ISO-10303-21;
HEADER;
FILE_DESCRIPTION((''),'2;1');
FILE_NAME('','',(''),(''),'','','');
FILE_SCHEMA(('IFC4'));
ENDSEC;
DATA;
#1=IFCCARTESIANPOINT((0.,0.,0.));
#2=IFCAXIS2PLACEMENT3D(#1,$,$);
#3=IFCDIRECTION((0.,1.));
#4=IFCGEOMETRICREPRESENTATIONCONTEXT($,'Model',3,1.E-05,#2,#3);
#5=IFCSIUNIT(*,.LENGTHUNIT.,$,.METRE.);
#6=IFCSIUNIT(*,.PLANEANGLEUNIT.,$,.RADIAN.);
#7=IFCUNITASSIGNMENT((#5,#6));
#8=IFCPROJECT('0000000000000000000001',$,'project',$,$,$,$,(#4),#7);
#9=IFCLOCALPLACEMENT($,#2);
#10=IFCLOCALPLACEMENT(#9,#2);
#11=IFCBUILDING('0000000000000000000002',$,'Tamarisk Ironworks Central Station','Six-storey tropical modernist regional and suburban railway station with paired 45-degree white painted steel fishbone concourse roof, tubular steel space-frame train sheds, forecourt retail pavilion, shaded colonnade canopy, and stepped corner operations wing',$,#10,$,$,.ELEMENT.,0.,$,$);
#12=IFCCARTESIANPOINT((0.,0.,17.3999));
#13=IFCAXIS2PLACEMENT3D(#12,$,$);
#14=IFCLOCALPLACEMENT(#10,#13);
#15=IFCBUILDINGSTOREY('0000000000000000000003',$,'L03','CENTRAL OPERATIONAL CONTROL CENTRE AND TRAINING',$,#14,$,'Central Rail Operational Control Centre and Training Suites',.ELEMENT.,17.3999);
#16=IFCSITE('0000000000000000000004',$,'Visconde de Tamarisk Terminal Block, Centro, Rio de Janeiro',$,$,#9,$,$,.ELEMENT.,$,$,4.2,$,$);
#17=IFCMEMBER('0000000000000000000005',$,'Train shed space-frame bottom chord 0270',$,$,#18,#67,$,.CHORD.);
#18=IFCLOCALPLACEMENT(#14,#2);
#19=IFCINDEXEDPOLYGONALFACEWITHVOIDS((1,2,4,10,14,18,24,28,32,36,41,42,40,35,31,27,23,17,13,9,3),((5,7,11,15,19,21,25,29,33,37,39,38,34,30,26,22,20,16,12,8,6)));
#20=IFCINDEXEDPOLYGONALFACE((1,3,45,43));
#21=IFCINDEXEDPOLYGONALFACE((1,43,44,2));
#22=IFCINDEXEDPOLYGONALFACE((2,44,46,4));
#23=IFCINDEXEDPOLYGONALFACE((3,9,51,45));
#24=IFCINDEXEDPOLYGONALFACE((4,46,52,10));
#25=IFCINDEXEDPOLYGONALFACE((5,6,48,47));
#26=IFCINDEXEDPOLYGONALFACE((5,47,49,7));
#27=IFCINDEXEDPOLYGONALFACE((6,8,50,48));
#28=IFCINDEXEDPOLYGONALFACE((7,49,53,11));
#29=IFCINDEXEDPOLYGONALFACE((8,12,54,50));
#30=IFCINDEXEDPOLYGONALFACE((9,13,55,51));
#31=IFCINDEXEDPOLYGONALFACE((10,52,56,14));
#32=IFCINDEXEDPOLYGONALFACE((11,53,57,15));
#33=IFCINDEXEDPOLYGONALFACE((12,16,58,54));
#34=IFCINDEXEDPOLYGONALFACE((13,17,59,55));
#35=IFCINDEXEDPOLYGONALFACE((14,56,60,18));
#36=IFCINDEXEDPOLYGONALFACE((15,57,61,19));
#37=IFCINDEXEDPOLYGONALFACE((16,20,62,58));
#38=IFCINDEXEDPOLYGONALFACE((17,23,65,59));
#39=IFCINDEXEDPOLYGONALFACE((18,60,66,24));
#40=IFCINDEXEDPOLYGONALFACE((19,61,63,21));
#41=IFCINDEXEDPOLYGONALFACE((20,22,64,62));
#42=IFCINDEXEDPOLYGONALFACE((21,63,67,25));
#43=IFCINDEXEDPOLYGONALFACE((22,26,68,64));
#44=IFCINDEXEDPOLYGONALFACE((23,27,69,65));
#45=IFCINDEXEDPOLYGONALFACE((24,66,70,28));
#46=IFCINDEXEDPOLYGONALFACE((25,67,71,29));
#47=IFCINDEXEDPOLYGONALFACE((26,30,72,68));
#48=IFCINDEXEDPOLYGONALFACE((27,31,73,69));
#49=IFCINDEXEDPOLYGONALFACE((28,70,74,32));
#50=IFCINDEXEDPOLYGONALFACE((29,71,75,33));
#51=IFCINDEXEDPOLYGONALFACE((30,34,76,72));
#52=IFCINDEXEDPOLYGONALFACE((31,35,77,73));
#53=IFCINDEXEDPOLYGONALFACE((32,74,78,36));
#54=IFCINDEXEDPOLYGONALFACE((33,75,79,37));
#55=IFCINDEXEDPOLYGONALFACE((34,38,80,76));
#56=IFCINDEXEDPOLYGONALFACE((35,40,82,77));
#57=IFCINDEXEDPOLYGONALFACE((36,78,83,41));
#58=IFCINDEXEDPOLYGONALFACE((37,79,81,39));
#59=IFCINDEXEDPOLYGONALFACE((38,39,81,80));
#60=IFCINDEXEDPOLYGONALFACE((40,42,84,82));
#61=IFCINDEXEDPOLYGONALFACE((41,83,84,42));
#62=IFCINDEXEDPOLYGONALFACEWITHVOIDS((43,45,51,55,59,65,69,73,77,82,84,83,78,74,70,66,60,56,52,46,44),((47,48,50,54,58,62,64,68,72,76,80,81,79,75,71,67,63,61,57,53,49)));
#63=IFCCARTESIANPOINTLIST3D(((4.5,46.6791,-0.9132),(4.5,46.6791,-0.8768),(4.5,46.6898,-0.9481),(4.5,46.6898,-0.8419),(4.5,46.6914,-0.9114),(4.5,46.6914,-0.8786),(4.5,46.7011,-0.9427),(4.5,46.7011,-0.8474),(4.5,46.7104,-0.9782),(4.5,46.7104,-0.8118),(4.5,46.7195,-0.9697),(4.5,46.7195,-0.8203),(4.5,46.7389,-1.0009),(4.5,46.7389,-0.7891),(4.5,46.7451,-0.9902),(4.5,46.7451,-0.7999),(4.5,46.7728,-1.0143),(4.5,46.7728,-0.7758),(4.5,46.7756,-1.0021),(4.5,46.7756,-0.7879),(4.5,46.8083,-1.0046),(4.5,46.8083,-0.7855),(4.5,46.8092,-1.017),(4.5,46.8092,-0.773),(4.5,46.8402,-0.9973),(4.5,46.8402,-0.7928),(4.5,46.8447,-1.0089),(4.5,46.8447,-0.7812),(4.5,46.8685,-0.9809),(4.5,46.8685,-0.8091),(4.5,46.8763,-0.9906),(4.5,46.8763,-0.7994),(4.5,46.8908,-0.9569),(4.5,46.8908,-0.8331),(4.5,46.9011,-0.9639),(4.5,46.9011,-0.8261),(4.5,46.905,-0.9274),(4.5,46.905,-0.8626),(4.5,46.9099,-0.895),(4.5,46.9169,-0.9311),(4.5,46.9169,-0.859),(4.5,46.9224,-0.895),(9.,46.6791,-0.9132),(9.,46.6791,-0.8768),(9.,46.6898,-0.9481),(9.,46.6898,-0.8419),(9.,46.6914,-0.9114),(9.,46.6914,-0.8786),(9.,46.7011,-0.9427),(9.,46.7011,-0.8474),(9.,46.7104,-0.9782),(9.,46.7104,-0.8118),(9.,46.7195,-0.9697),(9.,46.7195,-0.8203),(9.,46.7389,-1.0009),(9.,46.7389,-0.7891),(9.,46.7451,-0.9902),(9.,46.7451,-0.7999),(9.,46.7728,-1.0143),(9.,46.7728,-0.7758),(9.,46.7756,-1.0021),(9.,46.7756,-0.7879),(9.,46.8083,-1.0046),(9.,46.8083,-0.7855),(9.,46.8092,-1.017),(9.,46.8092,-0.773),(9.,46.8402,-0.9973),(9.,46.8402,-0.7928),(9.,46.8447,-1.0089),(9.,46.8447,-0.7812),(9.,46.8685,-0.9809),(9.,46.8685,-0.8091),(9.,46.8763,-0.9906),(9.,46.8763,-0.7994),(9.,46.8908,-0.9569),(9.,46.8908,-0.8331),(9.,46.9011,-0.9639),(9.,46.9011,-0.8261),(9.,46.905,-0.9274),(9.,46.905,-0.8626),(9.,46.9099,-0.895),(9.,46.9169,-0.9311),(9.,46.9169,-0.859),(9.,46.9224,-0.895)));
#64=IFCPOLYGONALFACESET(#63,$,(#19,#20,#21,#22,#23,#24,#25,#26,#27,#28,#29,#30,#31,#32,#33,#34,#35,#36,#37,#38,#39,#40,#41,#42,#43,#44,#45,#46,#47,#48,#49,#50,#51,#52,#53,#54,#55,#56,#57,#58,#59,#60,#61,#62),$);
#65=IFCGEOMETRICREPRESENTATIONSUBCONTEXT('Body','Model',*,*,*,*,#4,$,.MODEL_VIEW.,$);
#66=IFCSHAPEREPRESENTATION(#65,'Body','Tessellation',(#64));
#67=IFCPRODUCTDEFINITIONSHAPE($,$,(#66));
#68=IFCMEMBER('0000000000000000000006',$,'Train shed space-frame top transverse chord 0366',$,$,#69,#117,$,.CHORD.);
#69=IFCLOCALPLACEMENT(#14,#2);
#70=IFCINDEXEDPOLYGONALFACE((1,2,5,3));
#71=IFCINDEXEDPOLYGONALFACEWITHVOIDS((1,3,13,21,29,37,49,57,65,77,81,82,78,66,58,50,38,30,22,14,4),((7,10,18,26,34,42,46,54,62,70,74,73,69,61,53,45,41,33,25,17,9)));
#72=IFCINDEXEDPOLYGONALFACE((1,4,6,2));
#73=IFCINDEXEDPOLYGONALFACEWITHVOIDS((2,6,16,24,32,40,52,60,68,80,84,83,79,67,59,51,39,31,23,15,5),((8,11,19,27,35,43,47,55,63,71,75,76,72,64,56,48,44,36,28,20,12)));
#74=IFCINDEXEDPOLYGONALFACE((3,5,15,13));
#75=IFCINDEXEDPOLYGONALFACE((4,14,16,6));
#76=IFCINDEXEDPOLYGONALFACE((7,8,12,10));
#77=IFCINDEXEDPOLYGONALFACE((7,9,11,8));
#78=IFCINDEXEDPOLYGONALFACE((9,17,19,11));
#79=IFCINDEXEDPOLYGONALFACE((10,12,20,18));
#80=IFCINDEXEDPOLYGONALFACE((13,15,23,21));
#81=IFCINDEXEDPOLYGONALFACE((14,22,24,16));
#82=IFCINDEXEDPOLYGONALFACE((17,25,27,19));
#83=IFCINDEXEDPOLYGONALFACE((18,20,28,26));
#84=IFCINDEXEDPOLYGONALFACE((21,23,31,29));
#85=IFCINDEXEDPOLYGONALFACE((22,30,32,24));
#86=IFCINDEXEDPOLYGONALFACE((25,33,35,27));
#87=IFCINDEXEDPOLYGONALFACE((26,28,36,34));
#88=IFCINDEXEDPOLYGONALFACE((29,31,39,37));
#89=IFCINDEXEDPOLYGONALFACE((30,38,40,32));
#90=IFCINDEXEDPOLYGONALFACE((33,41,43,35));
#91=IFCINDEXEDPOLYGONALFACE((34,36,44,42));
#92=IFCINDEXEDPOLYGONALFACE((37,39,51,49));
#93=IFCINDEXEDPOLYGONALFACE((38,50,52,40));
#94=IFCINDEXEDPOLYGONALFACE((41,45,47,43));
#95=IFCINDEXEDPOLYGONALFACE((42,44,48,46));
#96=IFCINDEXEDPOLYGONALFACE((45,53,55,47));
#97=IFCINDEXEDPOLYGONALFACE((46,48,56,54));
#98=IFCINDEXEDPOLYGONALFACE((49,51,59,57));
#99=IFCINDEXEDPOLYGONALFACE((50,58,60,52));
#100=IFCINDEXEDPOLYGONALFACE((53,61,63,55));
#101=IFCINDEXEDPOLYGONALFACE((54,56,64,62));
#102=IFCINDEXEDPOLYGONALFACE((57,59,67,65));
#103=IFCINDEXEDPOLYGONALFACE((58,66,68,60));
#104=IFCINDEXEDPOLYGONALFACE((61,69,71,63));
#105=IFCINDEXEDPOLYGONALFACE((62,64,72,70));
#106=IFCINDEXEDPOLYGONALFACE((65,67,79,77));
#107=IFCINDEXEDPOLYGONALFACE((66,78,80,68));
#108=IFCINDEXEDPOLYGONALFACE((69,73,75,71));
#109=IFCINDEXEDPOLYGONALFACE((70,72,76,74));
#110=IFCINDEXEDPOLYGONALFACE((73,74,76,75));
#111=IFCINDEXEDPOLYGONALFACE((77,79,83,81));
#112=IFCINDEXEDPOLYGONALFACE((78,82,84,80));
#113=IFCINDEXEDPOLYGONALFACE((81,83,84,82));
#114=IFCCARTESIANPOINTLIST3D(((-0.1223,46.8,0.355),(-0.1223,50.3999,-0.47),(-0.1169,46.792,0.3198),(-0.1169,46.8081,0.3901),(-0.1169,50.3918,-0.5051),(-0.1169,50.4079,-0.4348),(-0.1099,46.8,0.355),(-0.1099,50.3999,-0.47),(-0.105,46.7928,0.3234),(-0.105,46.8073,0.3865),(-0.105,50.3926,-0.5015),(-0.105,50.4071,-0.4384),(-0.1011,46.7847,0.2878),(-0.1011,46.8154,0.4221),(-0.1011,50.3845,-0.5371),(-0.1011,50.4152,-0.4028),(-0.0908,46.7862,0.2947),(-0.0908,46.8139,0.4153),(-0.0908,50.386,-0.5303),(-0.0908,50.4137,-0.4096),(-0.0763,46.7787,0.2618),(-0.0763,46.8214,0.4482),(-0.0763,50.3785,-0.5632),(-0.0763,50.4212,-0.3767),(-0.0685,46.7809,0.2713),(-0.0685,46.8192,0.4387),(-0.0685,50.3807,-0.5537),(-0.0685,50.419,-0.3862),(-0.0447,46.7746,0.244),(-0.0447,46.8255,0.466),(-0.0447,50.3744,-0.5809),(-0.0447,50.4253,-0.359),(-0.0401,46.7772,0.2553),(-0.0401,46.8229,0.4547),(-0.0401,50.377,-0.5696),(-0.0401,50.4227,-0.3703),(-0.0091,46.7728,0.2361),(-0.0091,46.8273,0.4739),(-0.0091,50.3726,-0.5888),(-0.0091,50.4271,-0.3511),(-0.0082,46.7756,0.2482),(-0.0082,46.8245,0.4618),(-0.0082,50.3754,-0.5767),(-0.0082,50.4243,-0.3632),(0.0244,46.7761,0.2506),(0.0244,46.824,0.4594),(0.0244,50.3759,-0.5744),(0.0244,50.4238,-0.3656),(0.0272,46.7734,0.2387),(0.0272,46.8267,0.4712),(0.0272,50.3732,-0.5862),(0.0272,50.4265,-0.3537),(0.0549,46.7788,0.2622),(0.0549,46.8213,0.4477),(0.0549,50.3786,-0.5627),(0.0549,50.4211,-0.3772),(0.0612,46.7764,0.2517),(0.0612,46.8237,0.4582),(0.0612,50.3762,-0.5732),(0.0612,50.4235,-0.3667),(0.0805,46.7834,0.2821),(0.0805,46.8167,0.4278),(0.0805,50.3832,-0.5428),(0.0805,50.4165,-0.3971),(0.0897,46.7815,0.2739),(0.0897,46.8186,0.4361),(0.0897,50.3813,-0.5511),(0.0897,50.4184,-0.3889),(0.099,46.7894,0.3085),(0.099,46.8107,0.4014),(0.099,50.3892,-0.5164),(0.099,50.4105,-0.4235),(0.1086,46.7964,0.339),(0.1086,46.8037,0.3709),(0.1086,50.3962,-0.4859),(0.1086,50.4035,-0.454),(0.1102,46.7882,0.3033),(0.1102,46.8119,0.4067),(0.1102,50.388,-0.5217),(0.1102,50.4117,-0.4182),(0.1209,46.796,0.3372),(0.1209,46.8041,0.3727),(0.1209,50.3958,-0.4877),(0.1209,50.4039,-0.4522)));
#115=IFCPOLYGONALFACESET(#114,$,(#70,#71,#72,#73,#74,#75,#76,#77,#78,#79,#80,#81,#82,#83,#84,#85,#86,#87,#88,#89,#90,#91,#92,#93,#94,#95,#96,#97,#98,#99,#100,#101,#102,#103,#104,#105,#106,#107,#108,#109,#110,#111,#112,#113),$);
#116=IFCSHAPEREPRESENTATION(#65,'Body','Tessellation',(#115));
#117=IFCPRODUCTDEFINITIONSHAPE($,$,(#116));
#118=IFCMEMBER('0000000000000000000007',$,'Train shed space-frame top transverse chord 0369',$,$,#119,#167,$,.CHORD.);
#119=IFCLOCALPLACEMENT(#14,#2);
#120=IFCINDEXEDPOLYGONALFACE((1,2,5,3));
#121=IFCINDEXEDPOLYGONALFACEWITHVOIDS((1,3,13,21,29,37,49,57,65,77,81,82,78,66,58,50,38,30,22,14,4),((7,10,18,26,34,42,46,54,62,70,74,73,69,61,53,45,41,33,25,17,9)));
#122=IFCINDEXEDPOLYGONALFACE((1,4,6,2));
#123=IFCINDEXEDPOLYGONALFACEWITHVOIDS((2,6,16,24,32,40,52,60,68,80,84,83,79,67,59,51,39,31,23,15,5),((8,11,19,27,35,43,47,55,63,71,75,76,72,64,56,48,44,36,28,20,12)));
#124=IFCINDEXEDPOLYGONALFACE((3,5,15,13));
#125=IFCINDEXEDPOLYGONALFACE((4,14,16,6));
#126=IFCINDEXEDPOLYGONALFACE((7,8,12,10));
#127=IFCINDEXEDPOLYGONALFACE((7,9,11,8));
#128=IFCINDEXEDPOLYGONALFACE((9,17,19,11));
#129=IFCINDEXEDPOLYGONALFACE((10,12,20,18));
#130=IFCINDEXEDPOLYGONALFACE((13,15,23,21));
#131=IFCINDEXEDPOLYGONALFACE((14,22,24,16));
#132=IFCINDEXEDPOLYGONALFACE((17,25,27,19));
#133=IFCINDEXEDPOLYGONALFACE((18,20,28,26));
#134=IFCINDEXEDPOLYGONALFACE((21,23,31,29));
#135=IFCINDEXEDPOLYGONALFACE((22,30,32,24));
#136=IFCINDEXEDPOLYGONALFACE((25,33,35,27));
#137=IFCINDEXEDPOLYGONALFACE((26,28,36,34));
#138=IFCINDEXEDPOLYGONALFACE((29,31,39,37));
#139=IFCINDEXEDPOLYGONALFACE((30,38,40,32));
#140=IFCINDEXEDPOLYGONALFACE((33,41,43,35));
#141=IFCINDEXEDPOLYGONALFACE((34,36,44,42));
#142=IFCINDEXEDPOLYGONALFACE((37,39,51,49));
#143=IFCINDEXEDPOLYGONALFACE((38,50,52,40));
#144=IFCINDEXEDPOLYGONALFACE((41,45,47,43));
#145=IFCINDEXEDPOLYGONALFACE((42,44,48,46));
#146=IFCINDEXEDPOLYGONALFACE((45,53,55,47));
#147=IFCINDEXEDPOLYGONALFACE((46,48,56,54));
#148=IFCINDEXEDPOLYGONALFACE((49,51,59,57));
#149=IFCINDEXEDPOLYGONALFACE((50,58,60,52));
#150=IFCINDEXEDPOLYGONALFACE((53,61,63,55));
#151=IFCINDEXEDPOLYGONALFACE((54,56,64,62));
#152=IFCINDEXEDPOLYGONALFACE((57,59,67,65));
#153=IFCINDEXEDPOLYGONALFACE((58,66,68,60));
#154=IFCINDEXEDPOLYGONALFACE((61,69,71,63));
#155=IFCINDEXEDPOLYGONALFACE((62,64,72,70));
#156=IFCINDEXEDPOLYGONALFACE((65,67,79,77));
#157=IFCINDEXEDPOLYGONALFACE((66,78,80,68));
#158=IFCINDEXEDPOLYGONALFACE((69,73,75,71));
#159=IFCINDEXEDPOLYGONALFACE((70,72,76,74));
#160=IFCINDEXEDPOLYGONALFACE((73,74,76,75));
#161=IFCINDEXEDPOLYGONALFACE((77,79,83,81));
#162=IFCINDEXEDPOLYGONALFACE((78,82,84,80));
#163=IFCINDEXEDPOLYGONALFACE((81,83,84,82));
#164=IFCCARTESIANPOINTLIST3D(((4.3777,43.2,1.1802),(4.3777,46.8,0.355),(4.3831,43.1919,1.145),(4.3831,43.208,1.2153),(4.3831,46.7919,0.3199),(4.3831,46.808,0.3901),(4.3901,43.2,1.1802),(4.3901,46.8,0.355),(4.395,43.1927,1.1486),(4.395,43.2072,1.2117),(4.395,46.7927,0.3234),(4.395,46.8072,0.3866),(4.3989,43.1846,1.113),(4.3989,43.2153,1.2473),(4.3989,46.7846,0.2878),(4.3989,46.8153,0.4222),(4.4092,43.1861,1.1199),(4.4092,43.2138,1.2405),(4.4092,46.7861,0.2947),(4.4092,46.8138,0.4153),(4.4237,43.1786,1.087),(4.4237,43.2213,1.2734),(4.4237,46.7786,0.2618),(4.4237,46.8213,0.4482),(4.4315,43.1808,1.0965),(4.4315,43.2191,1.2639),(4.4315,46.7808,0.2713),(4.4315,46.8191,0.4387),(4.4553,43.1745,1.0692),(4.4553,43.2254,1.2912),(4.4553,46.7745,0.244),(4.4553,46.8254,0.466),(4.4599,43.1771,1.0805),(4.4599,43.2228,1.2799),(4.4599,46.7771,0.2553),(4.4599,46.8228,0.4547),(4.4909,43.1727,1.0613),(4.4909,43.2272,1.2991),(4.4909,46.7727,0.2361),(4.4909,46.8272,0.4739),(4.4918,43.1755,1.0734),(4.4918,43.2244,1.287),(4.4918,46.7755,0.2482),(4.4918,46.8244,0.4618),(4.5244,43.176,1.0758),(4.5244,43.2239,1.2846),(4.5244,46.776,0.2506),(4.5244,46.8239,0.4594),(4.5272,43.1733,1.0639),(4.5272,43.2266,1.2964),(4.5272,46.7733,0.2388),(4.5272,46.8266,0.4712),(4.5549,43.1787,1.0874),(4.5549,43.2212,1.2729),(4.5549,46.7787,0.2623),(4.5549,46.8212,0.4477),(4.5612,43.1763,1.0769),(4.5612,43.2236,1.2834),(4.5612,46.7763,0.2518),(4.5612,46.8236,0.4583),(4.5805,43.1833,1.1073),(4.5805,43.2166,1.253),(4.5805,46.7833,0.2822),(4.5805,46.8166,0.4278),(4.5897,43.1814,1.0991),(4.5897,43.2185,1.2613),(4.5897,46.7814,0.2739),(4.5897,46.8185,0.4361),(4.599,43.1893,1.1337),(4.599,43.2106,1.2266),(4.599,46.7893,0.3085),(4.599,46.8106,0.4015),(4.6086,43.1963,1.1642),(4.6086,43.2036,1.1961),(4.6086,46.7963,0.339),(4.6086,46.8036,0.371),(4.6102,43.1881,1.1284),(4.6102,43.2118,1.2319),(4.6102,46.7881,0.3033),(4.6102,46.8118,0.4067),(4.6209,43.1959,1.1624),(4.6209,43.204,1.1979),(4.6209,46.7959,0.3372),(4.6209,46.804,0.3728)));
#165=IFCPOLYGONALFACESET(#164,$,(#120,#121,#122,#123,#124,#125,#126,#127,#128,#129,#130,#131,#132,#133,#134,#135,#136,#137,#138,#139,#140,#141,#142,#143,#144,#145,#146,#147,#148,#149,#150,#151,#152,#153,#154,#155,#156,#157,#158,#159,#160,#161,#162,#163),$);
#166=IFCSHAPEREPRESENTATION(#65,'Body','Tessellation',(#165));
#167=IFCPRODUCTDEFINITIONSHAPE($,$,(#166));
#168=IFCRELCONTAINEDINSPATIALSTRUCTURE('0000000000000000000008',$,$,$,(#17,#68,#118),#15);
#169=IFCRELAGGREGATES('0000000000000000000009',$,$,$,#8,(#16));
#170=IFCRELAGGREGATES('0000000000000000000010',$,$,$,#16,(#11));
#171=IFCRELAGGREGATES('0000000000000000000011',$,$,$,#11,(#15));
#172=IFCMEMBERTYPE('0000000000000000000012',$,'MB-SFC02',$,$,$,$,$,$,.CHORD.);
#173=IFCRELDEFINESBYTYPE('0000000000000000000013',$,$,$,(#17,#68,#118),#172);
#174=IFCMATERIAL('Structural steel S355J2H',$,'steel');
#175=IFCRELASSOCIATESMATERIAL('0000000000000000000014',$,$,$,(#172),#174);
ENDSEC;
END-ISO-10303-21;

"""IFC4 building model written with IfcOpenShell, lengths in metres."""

from ifc_helpers import new_model, si_unit, direction, frame, origin, origin_2d, place, context, subcontext, project, spatial, hollow_circle, extrude, material, material_profile, profile_set, type_object, element, save


model = new_model("IFC4")

# Units and contexts
model_context = context("Model", 3, precision=1e-05, world=origin(), true_north=direction((0.0, 1.0)))
body_context = subcontext(model_context, "Body", "Model", "MODEL_VIEW")
ifc_project = project(units=[si_unit("LENGTHUNIT", "METRE"), si_unit("PLANEANGLEUNIT", "RADIAN")], contexts=[model_context])

# Site, building, storey
site_placement = place(None, origin())
site = spatial("IfcSite", under=ifc_project, at=site_placement, Name="Visconde de Tamarisk Terminal Block, Centro, Rio de Janeiro", CompositionType="ELEMENT", RefElevation=4.2)
building_placement = place(site_placement, origin())
building = spatial("IfcBuilding", under=site, at=building_placement, Name="Tamarisk Ironworks Central Station", Description="Six-storey tropical modernist regional and suburban railway station with paired 45-degree white painted steel fishbone concourse roof, tubular steel space-frame train sheds, forecourt retail pavilion, shaded colonnade canopy, and stepped corner operations wing", CompositionType="ELEMENT", ElevationOfRefHeight=0.0)
storey_placement = place(building_placement, frame((0.0, 0.0, 17.3999)))
storey = spatial("IfcBuildingStorey", under=building, at=storey_placement, Name="L03", Description="CENTRAL OPERATIONAL CONTROL CENTRE AND TRAINING", LongName="Central Rail Operational Control Centre and Training Suites", CompositionType="ELEMENT", Elevation=17.3999)

# Members
ifc_material_1 = material(Name="Structural steel S355J2H", Category="steel")
ifc_material_profile_1 = material_profile(ifc_material_1, hollow_circle(Radius=0.1223, WallThickness=0.0125, at=origin_2d()), Name="CHS 244.5x12.5")
ifc_profile_set_1 = profile_set([ifc_material_profile_1], Name="Structural steel S355J2H")
member_type_1 = type_object("IfcMemberType", Name="MB-SFC02", PredefinedType="CHORD", material=ifc_profile_set_1)
for number, where, z_axis, x_axis, name in (
    (1, (4.5, 46.8, -0.895), (1.0, 0.0, 0.0), (0.0, 1.0, 0.0), "Train shed space-frame bottom chord 0270"),
):
    element("IfcMember", number, at=place(storey_placement, frame(where, z_axis=z_axis, x_axis=x_axis)), inside=storey, type_object=member_type_1, Name=name, PredefinedType="CHORD", context=body_context, shape_type="SweptSolid", body=[
        extrude(hollow_circle(Radius=0.1223, WallThickness=0.0125, at=origin_2d()), origin(), (0.0, 0.0, 1.0), 4.5),
    ])
member_1_placement = place(storey_placement, frame((0.0, 46.8, 0.355), z_axis=(0.0, 0.974733, -0.223372), x_axis=(-1.0, 0.0, 0.0)))
element("IfcMember", 2, at=member_1_placement, inside=storey, type_object=member_type_1, Name="Train shed space-frame top transverse chord 0366", PredefinedType="CHORD", context=body_context, shape_type="SweptSolid", body=[
    extrude(hollow_circle(Radius=0.1223, WallThickness=0.0125, at=origin_2d()), origin(), (0.0, 0.0, 1.0), 3.6931),
])
member_2_placement = place(storey_placement, frame((4.5, 43.2, 1.1802), z_axis=(0.0, 0.974722, -0.223421), x_axis=(-1.0, 0.0, 0.0)))
element("IfcMember", 3, at=member_2_placement, inside=storey, type_object=member_type_1, Name="Train shed space-frame top transverse chord 0369", PredefinedType="CHORD", context=body_context, shape_type="SweptSolid", body=[
    extrude(hollow_circle(Radius=0.1223, WallThickness=0.0125, at=origin_2d()), origin(), (0.0, 0.0, 1.0), 3.6934),
])

save(model, "model.ifc")
